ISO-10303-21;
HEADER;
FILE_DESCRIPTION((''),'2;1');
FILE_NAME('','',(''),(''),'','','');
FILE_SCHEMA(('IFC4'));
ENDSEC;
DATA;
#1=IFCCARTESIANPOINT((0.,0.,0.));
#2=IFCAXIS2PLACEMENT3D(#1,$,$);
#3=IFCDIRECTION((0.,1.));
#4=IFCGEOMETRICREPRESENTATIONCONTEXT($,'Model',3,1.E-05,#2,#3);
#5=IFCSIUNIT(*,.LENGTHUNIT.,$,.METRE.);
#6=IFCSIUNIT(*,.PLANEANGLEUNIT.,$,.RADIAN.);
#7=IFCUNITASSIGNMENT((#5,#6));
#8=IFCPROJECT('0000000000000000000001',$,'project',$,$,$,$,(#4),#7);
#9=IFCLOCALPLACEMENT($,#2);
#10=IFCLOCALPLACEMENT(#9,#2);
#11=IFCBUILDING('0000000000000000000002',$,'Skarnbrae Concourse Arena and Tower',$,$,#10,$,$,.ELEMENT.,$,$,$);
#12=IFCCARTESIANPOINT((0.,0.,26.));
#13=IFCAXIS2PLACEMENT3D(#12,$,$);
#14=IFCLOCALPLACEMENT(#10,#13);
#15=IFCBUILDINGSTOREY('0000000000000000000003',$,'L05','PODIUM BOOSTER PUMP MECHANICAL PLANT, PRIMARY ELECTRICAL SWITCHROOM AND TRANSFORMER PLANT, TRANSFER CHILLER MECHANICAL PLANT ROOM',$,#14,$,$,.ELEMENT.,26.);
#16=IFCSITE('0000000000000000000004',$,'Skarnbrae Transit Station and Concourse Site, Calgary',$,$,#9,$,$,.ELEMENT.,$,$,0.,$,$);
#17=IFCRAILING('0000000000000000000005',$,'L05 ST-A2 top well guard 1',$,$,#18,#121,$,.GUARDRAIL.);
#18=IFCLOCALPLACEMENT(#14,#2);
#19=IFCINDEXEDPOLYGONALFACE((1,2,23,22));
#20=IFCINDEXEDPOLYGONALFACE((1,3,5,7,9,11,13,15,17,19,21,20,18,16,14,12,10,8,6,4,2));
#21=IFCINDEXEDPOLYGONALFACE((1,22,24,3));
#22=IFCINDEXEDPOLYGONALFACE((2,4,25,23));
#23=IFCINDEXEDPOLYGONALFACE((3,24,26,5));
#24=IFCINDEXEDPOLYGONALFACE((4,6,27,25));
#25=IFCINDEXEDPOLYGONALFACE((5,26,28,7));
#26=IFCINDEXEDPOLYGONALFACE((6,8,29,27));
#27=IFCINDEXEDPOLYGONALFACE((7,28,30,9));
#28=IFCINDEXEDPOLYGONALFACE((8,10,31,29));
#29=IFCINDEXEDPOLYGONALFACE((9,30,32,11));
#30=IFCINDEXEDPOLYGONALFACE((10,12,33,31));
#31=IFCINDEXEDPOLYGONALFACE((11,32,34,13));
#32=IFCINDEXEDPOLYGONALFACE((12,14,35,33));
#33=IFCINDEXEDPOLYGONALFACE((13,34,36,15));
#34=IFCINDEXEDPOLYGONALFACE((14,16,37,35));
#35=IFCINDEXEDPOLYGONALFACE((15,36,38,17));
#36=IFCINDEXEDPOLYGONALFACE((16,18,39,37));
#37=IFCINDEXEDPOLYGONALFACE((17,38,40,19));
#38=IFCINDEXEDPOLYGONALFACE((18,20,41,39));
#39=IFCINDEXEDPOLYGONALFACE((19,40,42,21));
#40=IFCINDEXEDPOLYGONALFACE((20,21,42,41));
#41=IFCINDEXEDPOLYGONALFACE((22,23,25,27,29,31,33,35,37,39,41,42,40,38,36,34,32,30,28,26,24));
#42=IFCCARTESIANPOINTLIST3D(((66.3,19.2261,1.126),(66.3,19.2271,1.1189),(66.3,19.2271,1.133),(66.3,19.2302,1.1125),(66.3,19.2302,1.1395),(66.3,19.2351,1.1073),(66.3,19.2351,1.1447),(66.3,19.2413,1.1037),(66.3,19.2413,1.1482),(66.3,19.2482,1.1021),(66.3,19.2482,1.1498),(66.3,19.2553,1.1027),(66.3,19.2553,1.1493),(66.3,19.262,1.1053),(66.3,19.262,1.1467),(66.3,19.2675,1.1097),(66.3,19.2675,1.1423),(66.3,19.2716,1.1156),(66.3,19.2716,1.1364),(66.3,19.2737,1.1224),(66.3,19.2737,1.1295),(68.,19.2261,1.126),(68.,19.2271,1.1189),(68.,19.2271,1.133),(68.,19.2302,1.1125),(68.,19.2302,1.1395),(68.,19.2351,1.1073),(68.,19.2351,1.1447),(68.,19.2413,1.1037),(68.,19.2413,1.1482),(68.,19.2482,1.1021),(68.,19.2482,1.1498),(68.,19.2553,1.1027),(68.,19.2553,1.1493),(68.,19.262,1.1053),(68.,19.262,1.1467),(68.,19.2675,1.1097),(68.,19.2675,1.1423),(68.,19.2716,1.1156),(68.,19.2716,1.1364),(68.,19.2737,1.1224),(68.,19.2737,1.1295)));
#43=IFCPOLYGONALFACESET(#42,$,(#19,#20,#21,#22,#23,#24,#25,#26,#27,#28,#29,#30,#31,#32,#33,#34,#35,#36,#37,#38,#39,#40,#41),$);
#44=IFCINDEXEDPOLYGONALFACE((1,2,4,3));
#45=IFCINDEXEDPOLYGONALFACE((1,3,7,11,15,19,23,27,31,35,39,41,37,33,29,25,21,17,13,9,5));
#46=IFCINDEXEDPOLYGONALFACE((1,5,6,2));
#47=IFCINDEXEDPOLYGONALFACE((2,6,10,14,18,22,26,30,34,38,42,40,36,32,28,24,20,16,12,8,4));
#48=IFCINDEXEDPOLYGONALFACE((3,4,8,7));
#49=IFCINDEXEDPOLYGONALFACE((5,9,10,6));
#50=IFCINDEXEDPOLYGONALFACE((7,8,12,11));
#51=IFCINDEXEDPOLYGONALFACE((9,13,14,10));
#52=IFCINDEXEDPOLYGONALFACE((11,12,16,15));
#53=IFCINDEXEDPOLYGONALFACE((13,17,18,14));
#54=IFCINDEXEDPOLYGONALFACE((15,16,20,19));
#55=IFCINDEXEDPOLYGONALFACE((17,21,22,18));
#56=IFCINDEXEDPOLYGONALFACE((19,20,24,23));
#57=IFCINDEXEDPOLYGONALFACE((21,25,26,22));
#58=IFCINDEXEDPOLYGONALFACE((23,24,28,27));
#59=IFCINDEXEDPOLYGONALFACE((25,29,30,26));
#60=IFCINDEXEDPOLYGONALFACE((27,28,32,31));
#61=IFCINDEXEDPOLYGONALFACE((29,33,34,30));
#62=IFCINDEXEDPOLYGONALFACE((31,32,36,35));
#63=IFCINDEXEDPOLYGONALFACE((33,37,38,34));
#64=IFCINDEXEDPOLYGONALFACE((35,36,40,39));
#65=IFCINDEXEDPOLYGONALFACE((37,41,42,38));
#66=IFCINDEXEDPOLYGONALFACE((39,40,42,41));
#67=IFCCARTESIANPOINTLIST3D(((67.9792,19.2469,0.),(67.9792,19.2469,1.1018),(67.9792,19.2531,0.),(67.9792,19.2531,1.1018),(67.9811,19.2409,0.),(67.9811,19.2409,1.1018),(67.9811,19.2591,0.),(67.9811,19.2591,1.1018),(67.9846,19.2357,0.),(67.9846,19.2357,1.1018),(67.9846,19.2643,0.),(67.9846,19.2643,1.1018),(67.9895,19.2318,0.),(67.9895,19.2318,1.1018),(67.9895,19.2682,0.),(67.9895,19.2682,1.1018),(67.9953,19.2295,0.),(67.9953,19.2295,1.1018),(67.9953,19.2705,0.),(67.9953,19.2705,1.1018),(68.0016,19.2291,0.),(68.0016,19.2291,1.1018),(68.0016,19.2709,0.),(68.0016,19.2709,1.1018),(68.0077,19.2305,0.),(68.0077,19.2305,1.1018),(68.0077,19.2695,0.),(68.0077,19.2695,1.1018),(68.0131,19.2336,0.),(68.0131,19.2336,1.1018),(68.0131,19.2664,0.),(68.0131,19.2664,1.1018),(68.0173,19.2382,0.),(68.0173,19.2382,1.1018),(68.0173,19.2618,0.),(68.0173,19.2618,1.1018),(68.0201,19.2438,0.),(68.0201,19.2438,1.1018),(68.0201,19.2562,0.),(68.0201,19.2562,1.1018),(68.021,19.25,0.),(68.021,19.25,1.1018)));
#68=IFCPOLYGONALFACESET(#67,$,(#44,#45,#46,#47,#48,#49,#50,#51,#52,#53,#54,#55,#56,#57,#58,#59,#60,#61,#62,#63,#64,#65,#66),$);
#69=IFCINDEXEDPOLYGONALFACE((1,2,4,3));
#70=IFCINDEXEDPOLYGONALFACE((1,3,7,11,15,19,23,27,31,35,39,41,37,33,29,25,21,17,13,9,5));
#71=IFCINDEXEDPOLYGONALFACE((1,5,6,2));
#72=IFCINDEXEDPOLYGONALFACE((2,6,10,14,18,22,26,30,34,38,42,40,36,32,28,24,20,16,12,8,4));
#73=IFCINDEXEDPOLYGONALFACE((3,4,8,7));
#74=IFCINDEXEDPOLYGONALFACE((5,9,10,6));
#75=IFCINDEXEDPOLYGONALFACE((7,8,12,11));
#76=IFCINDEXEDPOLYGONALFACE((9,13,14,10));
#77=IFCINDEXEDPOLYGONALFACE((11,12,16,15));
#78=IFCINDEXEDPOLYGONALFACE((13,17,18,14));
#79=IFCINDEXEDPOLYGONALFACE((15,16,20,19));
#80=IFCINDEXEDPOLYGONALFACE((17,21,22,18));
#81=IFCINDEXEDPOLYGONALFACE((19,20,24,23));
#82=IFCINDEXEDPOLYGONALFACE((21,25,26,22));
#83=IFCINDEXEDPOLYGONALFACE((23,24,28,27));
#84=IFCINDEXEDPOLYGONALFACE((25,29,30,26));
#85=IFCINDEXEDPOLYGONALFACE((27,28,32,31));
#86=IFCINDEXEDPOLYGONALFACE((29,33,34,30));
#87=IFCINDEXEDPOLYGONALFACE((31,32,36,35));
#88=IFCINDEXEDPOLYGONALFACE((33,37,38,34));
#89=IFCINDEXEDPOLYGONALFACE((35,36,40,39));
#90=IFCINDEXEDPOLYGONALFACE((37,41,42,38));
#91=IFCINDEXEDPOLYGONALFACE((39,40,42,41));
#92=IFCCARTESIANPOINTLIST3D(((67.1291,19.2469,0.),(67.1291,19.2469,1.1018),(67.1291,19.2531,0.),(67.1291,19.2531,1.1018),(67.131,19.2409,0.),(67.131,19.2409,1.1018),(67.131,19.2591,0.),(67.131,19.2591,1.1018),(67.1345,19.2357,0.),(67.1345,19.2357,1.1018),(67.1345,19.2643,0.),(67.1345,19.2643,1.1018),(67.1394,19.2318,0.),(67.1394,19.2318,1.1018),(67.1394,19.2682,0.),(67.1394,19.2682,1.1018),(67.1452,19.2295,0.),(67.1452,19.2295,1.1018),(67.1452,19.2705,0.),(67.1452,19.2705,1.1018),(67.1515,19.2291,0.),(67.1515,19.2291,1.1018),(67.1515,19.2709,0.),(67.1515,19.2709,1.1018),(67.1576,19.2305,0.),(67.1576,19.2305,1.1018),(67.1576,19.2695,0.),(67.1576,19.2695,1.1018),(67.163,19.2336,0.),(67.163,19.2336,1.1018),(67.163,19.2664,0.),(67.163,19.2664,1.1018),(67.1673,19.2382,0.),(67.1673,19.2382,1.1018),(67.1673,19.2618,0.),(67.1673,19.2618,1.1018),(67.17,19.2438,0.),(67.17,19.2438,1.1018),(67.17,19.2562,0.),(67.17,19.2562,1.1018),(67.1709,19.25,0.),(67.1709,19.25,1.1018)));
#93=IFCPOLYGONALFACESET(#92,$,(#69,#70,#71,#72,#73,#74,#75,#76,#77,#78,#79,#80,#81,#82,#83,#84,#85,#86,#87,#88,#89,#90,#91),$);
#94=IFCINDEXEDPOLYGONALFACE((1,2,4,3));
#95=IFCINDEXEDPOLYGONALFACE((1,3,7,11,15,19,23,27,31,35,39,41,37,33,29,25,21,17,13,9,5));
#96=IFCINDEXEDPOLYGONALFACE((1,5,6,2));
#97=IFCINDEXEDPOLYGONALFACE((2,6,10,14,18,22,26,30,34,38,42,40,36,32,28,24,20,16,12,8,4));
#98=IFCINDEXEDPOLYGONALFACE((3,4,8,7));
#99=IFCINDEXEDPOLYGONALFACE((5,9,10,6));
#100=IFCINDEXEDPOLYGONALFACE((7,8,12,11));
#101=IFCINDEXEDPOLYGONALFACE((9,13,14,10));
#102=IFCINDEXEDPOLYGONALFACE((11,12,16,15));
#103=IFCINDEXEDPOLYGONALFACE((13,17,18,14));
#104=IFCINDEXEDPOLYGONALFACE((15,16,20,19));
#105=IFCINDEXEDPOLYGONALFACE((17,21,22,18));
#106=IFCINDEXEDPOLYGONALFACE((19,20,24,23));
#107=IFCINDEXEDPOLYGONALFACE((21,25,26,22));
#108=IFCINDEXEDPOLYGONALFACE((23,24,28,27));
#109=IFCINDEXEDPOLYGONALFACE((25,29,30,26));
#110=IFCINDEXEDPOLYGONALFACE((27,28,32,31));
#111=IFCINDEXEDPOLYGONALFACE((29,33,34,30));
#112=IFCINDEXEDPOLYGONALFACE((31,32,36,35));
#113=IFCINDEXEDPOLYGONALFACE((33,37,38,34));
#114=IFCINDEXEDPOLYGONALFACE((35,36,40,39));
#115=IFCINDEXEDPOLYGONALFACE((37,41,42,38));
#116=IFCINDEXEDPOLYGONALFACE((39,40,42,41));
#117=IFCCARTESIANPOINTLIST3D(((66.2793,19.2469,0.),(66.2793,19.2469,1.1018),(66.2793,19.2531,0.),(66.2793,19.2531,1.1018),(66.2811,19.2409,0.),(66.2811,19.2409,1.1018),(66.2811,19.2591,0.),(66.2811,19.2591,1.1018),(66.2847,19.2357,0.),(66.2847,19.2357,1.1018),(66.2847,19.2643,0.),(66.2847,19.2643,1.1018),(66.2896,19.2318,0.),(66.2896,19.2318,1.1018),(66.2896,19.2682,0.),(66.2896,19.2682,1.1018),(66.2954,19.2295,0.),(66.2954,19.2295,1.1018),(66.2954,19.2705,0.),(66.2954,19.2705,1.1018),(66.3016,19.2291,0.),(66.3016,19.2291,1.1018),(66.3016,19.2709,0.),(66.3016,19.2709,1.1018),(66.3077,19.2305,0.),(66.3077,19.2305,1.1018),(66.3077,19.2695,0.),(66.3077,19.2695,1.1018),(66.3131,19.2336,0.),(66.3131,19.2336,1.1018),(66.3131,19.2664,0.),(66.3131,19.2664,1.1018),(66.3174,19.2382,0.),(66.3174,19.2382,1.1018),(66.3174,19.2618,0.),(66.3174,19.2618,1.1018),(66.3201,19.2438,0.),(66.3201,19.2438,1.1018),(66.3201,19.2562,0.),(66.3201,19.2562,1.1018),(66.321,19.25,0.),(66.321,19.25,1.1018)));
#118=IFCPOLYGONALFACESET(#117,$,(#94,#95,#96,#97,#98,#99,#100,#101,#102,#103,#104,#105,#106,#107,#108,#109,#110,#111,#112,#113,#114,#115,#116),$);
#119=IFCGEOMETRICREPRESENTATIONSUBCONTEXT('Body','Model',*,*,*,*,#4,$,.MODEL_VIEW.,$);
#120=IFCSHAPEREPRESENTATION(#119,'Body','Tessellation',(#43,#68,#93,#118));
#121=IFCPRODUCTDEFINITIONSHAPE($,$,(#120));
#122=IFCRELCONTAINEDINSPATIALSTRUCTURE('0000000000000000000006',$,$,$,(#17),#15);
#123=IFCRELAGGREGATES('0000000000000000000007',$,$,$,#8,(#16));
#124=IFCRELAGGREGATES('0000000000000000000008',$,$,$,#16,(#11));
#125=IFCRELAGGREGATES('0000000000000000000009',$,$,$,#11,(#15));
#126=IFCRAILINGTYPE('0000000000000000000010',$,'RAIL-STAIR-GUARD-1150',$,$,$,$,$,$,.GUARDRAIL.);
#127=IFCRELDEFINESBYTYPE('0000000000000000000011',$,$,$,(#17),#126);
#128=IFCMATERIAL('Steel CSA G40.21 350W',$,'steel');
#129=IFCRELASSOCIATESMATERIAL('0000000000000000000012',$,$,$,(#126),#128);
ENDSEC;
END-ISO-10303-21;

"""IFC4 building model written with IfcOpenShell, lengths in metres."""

from ifc_helpers import new_model, si_unit, direction, frame, origin, origin_2d, place, context, subcontext, project, spatial, circle, extrude, material, type_object, element, save


model = new_model("IFC4")

# Units and contexts
model_context = context("Model", 3, precision=1e-05, world=origin(), true_north=direction((0.0, 1.0)))
body_context = subcontext(model_context, "Body", "Model", "MODEL_VIEW")
ifc_project = project(units=[si_unit("LENGTHUNIT", "METRE"), si_unit("PLANEANGLEUNIT", "RADIAN")], contexts=[model_context])

# Site, building, storey
site_placement = place(None, origin())
site = spatial("IfcSite", under=ifc_project, at=site_placement, Name="Skarnbrae Transit Station and Concourse Site, Calgary", CompositionType="ELEMENT", RefElevation=0.0)
building_placement = place(site_placement, origin())
building = spatial("IfcBuilding", under=site, at=building_placement, Name="Skarnbrae Concourse Arena and Tower", CompositionType="ELEMENT")
storey_placement = place(building_placement, frame((0.0, 0.0, 26.0)))
storey = spatial("IfcBuildingStorey", under=building, at=storey_placement, Name="L05", Description="PODIUM BOOSTER PUMP MECHANICAL PLANT, PRIMARY ELECTRICAL SWITCHROOM AND TRANSFORMER PLANT, TRANSFER CHILLER MECHANICAL PLANT ROOM", CompositionType="ELEMENT", Elevation=26.0)

# Shared definitions
ifc_material_1 = material(Name="Steel CSA G40.21 350W", Category="steel")

# Railing
railing_type = type_object("IfcRailingType", Name="RAIL-STAIR-GUARD-1150", PredefinedType="GUARDRAIL", material=ifc_material_1)
railing_1_placement = place(storey_placement, frame((68.0, 19.25, 0.0)))
element("IfcRailing", 1, at=railing_1_placement, inside=storey, type_object=railing_type, Name="L05 ST-A2 top well guard 1", PredefinedType="GUARDRAIL", context=body_context, shape_type="SweptSolid", body=[
    extrude(circle(Radius=0.0239, at=origin_2d()), frame((0.0, 0.0, 1.126), z_axis=(-1.0, 0.0, 0.0), x_axis=(0.0, -1.0, 0.0)), (0.0, 0.0, 1.0), 1.7),
    extrude(circle(Radius=0.021, at=origin_2d()), origin(), (0.0, 0.0, 1.0), 1.1018),
    extrude(circle(Radius=0.021, at=origin_2d()), frame((-0.8501, 0.0, 0.0)), (0.0, 0.0, 1.0), 1.1018),
    extrude(circle(Radius=0.021, at=origin_2d()), frame((-1.7, 0.0, 0.0)), (0.0, 0.0, 1.0), 1.1018),
])

save(model, "model.ifc")
